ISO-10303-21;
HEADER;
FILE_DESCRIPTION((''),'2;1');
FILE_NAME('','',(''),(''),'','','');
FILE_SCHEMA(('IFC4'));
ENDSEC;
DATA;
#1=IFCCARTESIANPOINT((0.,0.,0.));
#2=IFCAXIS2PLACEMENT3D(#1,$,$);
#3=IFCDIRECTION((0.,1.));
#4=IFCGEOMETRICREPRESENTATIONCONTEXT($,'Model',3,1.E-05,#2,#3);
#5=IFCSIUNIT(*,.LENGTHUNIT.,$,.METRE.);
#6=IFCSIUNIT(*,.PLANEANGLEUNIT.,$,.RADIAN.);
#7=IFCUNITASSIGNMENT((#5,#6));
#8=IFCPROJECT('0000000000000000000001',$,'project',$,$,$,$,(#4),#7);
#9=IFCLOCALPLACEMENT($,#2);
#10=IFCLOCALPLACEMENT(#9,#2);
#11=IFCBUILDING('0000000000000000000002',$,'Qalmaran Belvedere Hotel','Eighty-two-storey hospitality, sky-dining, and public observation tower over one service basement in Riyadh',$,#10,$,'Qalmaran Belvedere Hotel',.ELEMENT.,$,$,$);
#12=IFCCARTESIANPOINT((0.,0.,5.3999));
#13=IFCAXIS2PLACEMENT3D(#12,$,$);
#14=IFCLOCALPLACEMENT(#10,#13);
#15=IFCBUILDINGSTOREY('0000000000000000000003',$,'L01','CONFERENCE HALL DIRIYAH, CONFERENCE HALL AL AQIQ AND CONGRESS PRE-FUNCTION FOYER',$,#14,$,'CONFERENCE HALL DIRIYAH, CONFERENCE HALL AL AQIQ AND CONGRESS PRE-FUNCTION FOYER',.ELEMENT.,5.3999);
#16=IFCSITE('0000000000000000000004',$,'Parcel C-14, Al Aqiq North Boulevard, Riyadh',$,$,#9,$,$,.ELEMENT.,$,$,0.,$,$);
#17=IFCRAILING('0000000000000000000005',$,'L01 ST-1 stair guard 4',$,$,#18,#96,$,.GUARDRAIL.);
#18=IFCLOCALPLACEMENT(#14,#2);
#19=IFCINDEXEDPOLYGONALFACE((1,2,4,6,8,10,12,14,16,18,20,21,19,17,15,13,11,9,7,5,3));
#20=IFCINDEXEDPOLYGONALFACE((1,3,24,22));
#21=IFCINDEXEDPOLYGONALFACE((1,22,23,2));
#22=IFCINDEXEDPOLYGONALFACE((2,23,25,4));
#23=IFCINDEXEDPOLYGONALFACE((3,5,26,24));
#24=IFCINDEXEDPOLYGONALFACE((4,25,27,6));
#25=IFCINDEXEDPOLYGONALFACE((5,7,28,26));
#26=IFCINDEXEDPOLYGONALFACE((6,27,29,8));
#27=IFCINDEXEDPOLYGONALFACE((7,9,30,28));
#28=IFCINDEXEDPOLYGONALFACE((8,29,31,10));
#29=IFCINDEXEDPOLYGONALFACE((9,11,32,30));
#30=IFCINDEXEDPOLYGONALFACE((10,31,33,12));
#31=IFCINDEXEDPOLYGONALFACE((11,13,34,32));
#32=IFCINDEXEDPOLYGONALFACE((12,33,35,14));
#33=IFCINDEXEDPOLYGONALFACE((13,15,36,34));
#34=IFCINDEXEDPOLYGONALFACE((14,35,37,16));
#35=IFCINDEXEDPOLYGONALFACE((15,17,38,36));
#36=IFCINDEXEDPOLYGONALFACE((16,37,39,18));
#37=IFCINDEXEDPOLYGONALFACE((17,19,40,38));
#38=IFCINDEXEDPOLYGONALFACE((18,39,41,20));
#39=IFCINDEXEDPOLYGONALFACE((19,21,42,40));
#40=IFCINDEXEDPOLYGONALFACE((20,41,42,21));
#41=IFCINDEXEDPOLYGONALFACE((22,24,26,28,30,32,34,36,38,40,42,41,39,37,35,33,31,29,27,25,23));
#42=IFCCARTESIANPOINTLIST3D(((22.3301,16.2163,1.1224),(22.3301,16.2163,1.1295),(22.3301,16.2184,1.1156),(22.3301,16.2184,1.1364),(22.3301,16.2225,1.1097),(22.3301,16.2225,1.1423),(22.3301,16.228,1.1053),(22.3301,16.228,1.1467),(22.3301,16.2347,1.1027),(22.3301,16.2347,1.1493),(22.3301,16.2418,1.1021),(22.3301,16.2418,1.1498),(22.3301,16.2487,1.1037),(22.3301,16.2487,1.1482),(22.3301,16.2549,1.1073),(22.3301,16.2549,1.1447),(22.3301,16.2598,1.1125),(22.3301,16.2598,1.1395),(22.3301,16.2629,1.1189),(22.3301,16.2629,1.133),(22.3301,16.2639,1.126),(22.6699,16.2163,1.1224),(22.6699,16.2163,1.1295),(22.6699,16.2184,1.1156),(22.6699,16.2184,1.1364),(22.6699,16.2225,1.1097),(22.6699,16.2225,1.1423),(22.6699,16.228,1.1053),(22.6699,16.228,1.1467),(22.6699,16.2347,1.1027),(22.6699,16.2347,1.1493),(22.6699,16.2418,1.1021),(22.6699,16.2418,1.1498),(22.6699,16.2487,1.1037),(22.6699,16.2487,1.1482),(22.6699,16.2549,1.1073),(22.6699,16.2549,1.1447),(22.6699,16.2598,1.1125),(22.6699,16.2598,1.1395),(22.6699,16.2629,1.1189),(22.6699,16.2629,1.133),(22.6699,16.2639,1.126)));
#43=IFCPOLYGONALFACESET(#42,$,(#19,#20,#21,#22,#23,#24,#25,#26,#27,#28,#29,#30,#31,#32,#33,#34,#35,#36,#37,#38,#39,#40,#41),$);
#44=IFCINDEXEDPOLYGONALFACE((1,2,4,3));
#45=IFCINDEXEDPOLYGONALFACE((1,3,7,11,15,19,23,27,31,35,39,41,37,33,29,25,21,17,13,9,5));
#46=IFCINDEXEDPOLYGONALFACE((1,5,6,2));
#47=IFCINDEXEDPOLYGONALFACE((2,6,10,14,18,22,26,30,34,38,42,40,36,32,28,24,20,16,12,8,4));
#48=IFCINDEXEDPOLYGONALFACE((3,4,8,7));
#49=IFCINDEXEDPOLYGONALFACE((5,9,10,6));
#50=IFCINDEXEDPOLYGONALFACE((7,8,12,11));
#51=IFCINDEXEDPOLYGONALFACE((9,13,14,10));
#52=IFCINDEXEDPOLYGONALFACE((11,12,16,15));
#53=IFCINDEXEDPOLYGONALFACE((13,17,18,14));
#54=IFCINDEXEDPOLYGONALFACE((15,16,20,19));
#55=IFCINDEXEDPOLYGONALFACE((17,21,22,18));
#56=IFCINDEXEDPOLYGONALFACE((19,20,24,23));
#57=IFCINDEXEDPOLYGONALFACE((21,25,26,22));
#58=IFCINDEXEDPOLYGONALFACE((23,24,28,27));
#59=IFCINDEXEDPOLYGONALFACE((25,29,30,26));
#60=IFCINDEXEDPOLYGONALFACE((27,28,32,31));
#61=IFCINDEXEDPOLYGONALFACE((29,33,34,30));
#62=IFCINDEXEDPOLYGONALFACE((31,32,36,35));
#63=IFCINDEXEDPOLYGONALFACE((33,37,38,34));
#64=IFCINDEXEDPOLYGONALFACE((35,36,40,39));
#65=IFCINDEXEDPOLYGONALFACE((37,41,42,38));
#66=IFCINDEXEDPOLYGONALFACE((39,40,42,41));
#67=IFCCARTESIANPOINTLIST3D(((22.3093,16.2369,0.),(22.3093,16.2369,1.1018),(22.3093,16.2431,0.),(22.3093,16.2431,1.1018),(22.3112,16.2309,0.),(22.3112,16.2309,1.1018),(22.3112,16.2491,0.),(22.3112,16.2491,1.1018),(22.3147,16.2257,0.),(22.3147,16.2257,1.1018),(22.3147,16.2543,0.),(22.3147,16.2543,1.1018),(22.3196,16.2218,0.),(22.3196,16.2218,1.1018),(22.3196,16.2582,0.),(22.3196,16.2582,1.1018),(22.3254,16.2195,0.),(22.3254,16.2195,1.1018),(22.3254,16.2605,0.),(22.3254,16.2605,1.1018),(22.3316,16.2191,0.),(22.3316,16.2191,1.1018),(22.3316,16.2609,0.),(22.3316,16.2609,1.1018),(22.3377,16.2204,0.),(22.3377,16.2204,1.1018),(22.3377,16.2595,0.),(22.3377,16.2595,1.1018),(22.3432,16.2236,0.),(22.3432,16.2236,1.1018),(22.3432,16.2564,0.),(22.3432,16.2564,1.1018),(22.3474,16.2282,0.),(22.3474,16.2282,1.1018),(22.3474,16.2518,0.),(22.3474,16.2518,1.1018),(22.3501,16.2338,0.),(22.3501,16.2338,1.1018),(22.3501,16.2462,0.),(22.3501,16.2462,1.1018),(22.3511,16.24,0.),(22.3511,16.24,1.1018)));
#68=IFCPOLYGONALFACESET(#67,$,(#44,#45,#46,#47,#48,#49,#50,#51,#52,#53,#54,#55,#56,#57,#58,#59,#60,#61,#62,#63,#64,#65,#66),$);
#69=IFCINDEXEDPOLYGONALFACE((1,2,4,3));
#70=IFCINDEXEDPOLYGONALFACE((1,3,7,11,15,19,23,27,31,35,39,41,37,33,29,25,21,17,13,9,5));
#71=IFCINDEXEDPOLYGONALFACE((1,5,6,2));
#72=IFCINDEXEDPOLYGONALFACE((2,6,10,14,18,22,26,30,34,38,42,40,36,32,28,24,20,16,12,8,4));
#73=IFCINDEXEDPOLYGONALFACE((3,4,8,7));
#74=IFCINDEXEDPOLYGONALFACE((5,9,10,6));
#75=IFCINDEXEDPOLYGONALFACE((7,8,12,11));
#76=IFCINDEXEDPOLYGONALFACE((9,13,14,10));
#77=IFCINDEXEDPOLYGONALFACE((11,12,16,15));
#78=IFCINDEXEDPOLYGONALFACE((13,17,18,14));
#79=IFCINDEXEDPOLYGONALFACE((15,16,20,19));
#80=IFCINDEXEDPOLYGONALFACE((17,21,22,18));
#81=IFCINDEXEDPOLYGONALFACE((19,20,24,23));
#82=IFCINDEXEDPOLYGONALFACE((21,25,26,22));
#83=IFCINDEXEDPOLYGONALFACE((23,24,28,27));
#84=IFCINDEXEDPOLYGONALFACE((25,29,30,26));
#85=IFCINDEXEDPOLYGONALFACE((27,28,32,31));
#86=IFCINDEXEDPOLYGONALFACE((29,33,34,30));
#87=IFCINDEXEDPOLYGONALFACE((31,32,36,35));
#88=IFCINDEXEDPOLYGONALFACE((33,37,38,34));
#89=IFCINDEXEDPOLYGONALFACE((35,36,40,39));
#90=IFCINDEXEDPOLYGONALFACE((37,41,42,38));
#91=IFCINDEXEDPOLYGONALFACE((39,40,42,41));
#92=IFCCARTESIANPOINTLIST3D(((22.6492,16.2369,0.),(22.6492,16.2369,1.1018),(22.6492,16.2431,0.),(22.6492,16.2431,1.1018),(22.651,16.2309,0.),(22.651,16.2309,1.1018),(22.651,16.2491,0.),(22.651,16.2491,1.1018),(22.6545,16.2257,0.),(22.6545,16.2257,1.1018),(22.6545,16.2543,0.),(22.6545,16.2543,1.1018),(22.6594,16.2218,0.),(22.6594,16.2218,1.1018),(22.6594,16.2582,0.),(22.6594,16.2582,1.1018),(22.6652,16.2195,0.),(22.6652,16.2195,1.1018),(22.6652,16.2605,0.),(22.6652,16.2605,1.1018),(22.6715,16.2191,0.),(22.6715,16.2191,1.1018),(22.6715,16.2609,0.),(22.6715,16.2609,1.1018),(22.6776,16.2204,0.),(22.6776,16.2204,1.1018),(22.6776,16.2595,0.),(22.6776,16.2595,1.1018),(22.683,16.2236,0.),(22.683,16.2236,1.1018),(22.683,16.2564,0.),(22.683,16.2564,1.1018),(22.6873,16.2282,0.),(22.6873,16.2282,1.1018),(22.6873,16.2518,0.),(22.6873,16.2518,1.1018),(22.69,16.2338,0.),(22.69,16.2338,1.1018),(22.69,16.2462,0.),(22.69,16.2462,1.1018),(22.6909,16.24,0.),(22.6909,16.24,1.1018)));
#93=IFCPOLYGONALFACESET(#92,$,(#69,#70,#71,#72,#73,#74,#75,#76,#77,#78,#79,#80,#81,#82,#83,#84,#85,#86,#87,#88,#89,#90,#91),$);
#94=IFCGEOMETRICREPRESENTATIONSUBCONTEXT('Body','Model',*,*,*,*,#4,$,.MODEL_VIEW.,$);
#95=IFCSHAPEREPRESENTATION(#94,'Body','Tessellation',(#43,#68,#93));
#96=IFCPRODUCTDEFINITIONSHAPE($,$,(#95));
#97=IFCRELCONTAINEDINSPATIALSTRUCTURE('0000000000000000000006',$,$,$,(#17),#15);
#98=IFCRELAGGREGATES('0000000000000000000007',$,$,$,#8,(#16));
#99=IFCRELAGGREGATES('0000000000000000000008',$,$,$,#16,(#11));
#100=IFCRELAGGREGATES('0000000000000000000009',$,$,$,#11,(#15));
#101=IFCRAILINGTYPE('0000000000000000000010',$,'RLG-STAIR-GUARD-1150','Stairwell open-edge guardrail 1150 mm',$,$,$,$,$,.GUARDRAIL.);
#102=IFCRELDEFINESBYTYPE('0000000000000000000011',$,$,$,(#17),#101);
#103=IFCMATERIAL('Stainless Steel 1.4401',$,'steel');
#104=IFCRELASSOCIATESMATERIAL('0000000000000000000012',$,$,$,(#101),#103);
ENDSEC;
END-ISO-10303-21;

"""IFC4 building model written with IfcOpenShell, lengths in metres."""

from ifc_helpers import new_model, si_unit, direction, frame, origin, origin_2d, place, context, subcontext, project, spatial, circle, extrude, material, type_object, element, save


model = new_model("IFC4")

# Units and contexts
model_context = context("Model", 3, precision=1e-05, world=origin(), true_north=direction((0.0, 1.0)))
body_context = subcontext(model_context, "Body", "Model", "MODEL_VIEW")
ifc_project = project(units=[si_unit("LENGTHUNIT", "METRE"), si_unit("PLANEANGLEUNIT", "RADIAN")], contexts=[model_context])

# Site, building, storey
site_placement = place(None, origin())
site = spatial("IfcSite", under=ifc_project, at=site_placement, Name="Parcel C-14, Al Aqiq North Boulevard, Riyadh", CompositionType="ELEMENT", RefElevation=0.0)
building_placement = place(site_placement, origin())
building = spatial("IfcBuilding", under=site, at=building_placement, Name="Qalmaran Belvedere Hotel", Description="Eighty-two-storey hospitality, sky-dining, and public observation tower over one service basement in Riyadh", LongName="Qalmaran Belvedere Hotel", CompositionType="ELEMENT")
storey_placement = place(building_placement, frame((0.0, 0.0, 5.3999)))
storey = spatial("IfcBuildingStorey", under=building, at=storey_placement, Name="L01", Description="CONFERENCE HALL DIRIYAH, CONFERENCE HALL AL AQIQ AND CONGRESS PRE-FUNCTION FOYER", LongName="CONFERENCE HALL DIRIYAH, CONFERENCE HALL AL AQIQ AND CONGRESS PRE-FUNCTION FOYER", CompositionType="ELEMENT", Elevation=5.3999)

# Shared definitions
ifc_material_1 = material(Name="Stainless Steel 1.4401", Category="steel")

# Railing
railing_type_1 = type_object("IfcRailingType", Name="RLG-STAIR-GUARD-1150", Description="Stairwell open-edge guardrail 1150 mm", PredefinedType="GUARDRAIL", material=ifc_material_1)
railing_1_placement = place(storey_placement, frame((22.3301, 16.24, 0.0)))
element("IfcRailing", 1, at=railing_1_placement, inside=storey, type_object=railing_type_1, Name="L01 ST-1 stair guard 4", PredefinedType="GUARDRAIL", context=body_context, shape_type="SweptSolid", body=[
    extrude(circle(Radius=0.0239, at=origin_2d()), frame((0.0, 0.0, 1.126), z_axis=(1.0, 0.0, 0.0), x_axis=(0.0, 1.0, 0.0)), (0.0, 0.0, 1.0), 0.3398),
    extrude(circle(Radius=0.021, at=origin_2d()), origin(), (0.0, 0.0, 1.0), 1.1018),
    extrude(circle(Radius=0.021, at=origin_2d()), frame((0.3398, 0.0, 0.0)), (0.0, 0.0, 1.0), 1.1018),
])

save(model, "model.ifc")
